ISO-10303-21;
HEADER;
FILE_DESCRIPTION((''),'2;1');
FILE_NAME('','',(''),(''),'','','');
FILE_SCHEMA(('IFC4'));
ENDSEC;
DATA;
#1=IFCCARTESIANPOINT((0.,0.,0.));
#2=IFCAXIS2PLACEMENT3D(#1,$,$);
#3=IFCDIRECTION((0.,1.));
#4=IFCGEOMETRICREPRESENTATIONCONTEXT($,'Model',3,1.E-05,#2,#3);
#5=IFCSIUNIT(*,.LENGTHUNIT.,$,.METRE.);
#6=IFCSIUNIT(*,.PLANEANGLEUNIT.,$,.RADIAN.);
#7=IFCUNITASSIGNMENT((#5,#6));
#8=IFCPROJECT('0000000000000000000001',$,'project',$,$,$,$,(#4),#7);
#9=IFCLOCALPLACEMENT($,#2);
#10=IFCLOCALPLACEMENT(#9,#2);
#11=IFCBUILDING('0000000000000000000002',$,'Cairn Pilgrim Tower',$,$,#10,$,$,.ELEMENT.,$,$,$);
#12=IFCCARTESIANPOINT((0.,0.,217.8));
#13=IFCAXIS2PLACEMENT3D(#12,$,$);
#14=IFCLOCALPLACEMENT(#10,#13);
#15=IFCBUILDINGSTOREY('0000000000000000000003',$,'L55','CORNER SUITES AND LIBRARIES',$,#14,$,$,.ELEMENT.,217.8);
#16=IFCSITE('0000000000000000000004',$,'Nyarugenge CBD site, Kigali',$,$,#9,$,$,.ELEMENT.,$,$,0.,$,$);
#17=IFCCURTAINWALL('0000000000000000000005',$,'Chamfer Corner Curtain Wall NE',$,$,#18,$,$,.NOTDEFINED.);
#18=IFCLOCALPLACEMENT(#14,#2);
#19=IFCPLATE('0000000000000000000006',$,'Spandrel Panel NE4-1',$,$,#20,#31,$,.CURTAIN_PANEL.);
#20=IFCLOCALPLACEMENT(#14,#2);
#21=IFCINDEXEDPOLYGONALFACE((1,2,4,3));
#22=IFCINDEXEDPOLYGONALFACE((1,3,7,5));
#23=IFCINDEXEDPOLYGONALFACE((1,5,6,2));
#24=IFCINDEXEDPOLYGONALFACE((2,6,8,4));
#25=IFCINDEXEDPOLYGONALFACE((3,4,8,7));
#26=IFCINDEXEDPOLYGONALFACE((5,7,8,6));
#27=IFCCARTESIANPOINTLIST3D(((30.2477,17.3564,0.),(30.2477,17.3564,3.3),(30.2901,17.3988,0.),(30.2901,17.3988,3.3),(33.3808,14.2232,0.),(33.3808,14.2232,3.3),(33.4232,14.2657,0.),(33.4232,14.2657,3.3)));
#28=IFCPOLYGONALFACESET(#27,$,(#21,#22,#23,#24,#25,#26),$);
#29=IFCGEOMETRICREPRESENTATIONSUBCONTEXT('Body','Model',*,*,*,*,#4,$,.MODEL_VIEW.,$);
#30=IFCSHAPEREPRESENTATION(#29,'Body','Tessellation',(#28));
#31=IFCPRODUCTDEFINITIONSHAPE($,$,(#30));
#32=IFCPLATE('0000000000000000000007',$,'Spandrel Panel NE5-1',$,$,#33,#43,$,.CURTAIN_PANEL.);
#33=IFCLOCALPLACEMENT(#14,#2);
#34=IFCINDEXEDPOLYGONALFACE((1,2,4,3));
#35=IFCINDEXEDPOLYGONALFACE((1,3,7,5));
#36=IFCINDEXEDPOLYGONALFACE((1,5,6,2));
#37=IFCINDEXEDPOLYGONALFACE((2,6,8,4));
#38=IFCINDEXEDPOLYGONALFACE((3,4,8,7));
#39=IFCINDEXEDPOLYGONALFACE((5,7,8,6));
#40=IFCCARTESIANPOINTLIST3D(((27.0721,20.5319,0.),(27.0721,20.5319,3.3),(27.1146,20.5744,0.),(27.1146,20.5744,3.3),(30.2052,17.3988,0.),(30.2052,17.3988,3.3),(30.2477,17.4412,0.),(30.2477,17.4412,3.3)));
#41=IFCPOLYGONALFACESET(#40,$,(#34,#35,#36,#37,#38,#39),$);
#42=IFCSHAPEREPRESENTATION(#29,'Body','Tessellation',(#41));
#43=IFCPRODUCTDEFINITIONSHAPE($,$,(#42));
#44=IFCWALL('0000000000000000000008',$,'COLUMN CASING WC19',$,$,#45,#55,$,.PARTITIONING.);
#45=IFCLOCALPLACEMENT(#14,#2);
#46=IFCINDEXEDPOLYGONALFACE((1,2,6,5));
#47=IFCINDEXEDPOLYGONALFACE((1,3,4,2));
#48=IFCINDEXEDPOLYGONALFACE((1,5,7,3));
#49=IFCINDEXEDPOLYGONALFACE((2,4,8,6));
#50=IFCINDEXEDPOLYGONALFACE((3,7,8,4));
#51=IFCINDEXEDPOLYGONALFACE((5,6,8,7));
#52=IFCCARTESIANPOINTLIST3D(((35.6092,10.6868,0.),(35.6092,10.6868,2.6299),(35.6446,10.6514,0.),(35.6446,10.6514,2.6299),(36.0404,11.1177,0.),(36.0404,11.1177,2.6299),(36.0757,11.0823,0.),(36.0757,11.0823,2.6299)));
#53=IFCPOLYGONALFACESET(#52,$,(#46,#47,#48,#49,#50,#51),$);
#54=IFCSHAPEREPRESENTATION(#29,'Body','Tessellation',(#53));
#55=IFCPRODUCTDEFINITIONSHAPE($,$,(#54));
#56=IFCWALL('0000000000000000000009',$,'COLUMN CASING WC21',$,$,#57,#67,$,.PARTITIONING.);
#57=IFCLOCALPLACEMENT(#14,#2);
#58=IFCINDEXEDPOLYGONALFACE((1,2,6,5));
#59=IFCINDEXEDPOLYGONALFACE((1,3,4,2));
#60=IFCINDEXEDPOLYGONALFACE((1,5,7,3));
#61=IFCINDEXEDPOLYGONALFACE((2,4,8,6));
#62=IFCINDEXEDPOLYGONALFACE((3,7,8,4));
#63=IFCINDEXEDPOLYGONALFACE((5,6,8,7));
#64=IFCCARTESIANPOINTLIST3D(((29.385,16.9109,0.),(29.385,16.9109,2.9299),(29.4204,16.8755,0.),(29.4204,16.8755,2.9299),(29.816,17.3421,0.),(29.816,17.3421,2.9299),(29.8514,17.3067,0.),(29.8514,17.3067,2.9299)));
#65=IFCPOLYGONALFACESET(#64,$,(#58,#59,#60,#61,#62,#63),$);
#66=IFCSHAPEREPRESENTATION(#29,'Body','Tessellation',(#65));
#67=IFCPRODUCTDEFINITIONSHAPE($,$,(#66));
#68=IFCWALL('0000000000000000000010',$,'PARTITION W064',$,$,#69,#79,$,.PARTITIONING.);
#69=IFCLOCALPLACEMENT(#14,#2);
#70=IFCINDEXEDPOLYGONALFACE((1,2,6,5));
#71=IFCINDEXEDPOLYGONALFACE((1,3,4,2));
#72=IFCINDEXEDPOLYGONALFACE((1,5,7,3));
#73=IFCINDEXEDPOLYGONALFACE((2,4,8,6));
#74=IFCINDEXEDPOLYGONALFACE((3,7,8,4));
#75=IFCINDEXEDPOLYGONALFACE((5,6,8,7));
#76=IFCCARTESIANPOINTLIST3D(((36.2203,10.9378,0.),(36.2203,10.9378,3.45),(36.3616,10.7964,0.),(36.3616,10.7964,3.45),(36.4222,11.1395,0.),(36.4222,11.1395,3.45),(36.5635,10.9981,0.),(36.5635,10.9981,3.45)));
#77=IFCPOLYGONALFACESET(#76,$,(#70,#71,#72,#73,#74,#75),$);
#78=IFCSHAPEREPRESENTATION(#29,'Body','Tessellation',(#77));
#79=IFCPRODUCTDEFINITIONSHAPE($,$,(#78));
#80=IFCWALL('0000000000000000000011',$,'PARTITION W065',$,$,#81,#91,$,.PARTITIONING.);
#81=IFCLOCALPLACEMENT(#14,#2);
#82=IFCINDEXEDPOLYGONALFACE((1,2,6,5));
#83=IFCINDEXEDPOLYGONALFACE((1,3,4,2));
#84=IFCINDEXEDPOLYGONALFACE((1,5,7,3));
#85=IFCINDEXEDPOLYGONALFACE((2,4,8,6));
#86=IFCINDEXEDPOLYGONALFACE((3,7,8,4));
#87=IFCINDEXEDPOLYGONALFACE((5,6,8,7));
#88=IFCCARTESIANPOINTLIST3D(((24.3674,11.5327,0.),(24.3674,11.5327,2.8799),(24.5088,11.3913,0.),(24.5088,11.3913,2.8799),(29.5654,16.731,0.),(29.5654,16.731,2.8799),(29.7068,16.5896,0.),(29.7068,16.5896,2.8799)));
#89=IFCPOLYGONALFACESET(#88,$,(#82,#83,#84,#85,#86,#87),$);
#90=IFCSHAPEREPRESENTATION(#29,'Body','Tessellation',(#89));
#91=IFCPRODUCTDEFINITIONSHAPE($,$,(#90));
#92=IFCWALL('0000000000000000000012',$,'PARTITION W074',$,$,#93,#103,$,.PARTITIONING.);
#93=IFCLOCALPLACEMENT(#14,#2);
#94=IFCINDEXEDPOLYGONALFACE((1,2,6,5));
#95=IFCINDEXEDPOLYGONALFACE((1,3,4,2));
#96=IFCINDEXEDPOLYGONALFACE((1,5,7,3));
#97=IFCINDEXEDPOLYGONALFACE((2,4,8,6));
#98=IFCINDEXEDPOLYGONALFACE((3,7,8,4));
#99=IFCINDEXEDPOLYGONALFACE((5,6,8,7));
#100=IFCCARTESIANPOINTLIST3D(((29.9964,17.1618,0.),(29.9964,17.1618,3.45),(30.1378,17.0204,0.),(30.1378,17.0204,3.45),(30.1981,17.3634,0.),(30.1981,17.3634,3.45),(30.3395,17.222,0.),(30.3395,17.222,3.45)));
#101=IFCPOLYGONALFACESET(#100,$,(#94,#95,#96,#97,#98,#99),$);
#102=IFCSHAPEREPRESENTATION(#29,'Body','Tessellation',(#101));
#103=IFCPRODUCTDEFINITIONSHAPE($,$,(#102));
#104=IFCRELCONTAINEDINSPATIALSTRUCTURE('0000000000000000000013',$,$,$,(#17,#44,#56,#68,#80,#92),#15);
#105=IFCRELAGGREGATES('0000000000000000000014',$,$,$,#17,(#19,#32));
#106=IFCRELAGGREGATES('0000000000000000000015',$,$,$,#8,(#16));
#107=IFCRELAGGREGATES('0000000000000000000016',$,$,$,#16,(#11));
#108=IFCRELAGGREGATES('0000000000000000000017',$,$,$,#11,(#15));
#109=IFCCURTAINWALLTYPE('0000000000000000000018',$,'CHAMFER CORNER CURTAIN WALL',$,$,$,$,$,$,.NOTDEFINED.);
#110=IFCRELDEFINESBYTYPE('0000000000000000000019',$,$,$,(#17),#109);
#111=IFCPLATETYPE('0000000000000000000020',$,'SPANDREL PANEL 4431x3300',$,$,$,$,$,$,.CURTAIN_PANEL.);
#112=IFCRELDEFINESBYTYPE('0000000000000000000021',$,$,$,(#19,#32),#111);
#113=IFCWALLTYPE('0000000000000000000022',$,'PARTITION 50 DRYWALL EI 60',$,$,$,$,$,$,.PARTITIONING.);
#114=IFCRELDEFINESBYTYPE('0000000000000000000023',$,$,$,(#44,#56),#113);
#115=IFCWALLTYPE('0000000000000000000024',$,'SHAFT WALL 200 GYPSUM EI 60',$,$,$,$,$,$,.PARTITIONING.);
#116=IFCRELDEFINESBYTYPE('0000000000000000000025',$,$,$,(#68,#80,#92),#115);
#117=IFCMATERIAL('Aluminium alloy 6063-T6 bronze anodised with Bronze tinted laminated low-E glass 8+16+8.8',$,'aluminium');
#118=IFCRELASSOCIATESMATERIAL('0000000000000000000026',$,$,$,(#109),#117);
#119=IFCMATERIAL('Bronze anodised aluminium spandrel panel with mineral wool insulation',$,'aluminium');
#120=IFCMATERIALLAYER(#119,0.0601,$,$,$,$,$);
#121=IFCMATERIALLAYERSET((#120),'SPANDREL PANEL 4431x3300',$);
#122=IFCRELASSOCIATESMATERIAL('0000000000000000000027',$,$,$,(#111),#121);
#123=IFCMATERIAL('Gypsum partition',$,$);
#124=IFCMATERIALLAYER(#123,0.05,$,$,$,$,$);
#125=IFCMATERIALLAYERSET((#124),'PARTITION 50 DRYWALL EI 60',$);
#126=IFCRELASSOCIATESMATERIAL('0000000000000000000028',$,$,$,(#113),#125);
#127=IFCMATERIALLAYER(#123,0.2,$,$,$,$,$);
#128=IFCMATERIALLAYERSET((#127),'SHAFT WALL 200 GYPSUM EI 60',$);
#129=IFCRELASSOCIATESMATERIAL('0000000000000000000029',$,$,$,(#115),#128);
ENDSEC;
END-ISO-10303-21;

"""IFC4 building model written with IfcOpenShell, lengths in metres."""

from ifc_helpers import new_model, si_unit, direction, frame, frame_2d, origin, origin_2d, place, context, subcontext, project, spatial, rectangle, extrude, material, layer, layer_set, type_object, element, aggregate, save


model = new_model("IFC4")

# Units and contexts
model_context = context("Model", 3, precision=1e-05, world=origin(), true_north=direction((0.0, 1.0)))
body_context = subcontext(model_context, "Body", "Model", "MODEL_VIEW")
ifc_project = project(units=[si_unit("LENGTHUNIT", "METRE"), si_unit("PLANEANGLEUNIT", "RADIAN")], contexts=[model_context])

# Site, building, storey
site_placement = place(None, origin())
site = spatial("IfcSite", under=ifc_project, at=site_placement, Name="Nyarugenge CBD site, Kigali", CompositionType="ELEMENT", RefElevation=0.0)
building_placement = place(site_placement, origin())
building = spatial("IfcBuilding", under=site, at=building_placement, Name="Cairn Pilgrim Tower", CompositionType="ELEMENT")
storey_placement = place(building_placement, frame((0.0, 0.0, 217.8)))
storey = spatial("IfcBuildingStorey", under=building, at=storey_placement, Name="L55", Description="CORNER SUITES AND LIBRARIES", CompositionType="ELEMENT", Elevation=217.8)

# Curtain wall
ifc_material_1 = material(Name="Aluminium alloy 6063-T6 bronze anodised with Bronze tinted laminated low-E glass 8+16+8.8", Category="aluminium")
curtain_wall_type = type_object("IfcCurtainWallType", Name="CHAMFER CORNER CURTAIN WALL", PredefinedType="NOTDEFINED", material=ifc_material_1)
curtain_wall_placement = place(storey_placement, origin())
curtain_wall = element("IfcCurtainWall", 1, at=curtain_wall_placement, inside=storey, type_object=curtain_wall_type, Name="Chamfer Corner Curtain Wall NE", PredefinedType="NOTDEFINED")

# Plates
ifc_material_2 = material(Name="Bronze anodised aluminium spandrel panel with mineral wool insulation", Category="aluminium")
ifc_layer_1 = layer(ifc_material_2, 0.0601)
ifc_layer_set_1 = layer_set([ifc_layer_1], Name="SPANDREL PANEL 4431x3300")
plate_type = type_object("IfcPlateType", Name="SPANDREL PANEL 4431x3300", PredefinedType="CURTAIN_PANEL", material=ifc_layer_set_1)
plate_1_placement = place(storey_placement, frame((31.8354, 15.811, 0.0), z_axis=(0.0, 0.0, 1.0), x_axis=(-0.707107, 0.707107, 0.0)))
plate_1 = element("IfcPlate", 2, at=plate_1_placement, type_object=plate_type, Name="Spandrel Panel NE4-1", PredefinedType="CURTAIN_PANEL", context=body_context, shape_type="SweptSolid", body=[
    extrude(rectangle(XDim=4.4309, YDim=0.0601, at=origin_2d()), origin(), (0.0, 0.0, 1.0), 3.3),
])
plate_2_placement = place(storey_placement, frame((28.6599, 18.9866, 0.0), z_axis=(0.0, 0.0, 1.0), x_axis=(-0.707107, 0.707107, 0.0)))
plate_2 = element("IfcPlate", 3, at=plate_2_placement, type_object=plate_type, Name="Spandrel Panel NE5-1", PredefinedType="CURTAIN_PANEL", context=body_context, shape_type="SweptSolid", body=[
    extrude(rectangle(XDim=4.4309, YDim=0.0601, at=origin_2d()), origin(), (0.0, 0.0, 1.0), 3.3),
])
aggregate(curtain_wall, [plate_1, plate_2])

# Walls
ifc_material_3 = material(Name="Gypsum partition")
ifc_layer_2 = layer(ifc_material_3, 0.05)
ifc_layer_set_2 = layer_set([ifc_layer_2], Name="PARTITION 50 DRYWALL EI 60")
wall_type_1 = type_object("IfcWallType", Name="PARTITION 50 DRYWALL EI 60", PredefinedType="PARTITIONING", material=ifc_layer_set_2)
wall_1_placement = place(storey_placement, frame((35.627, 10.6692, 0.0), z_axis=(0.0, 0.0, 1.0), x_axis=(0.707307, 0.706906, 0.0)))
element("IfcWall", 4, at=wall_1_placement, inside=storey, type_object=wall_type_1, Name="COLUMN CASING WC19", PredefinedType="PARTITIONING", context=body_context, shape_type="SweptSolid", body=[
    extrude(rectangle(XDim=0.6096, YDim=0.05, at=frame_2d((0.3047, 0.0))), origin(), (0.0, 0.0, 1.0), 2.6299),
])
wall_2_placement = place(storey_placement, frame((29.4028, 16.8933, 0.0), z_axis=(0.0, 0.0, 1.0), x_axis=(0.706906, 0.707307, 0.0)))
element("IfcWall", 5, at=wall_2_placement, inside=storey, type_object=wall_type_1, Name="COLUMN CASING WC21", PredefinedType="PARTITIONING", context=body_context, shape_type="SweptSolid", body=[
    extrude(rectangle(XDim=0.6096, YDim=0.05, at=frame_2d((0.3047, 0.0))), origin(), (0.0, 0.0, 1.0), 2.9299),
])
ifc_layer_3 = layer(ifc_material_3, 0.2)
ifc_layer_set_3 = layer_set([ifc_layer_3], Name="SHAFT WALL 200 GYPSUM EI 60")
wall_type_2 = type_object("IfcWallType", Name="SHAFT WALL 200 GYPSUM EI 60", PredefinedType="PARTITIONING", material=ifc_layer_set_3)
wall_3_placement = place(storey_placement, frame((36.291, 10.8672, 0.0), z_axis=(0.0, 0.0, 1.0), x_axis=(0.707534, 0.706679, 0.0)))
element("IfcWall", 6, at=wall_3_placement, inside=storey, type_object=wall_type_2, Name="PARTITION W064", PredefinedType="PARTITIONING", context=body_context, shape_type="SweptSolid", body=[
    extrude(rectangle(XDim=0.2854, YDim=0.2, at=frame_2d((0.1426, 0.0))), origin(), (0.0, 0.0, 1.0), 3.45),
])
wall_4_placement = place(storey_placement, frame((24.438, 11.4619, 0.0), z_axis=(0.0, 0.0, 1.0), x_axis=(0.70709, 0.707123, 0.0)))
element("IfcWall", 7, at=wall_4_placement, inside=storey, type_object=wall_type_2, Name="PARTITION W065", PredefinedType="PARTITIONING", context=body_context, shape_type="SweptSolid", body=[
    extrude(rectangle(XDim=7.3513, YDim=0.2, at=frame_2d((3.6758, 0.0))), origin(), (0.0, 0.0, 1.0), 2.8799),
])
wall_5_placement = place(storey_placement, frame((30.0671, 17.0911, 0.0), z_axis=(0.0, 0.0, 1.0), x_axis=(0.707107, 0.707107, 0.0)))
element("IfcWall", 8, at=wall_5_placement, inside=storey, type_object=wall_type_2, Name="PARTITION W074", PredefinedType="PARTITIONING", context=body_context, shape_type="SweptSolid", body=[
    extrude(rectangle(XDim=0.2852, YDim=0.2, at=frame_2d((0.1426, 0.0))), origin(), (0.0, 0.0, 1.0), 3.45),
])

save(model, "model.ifc")
